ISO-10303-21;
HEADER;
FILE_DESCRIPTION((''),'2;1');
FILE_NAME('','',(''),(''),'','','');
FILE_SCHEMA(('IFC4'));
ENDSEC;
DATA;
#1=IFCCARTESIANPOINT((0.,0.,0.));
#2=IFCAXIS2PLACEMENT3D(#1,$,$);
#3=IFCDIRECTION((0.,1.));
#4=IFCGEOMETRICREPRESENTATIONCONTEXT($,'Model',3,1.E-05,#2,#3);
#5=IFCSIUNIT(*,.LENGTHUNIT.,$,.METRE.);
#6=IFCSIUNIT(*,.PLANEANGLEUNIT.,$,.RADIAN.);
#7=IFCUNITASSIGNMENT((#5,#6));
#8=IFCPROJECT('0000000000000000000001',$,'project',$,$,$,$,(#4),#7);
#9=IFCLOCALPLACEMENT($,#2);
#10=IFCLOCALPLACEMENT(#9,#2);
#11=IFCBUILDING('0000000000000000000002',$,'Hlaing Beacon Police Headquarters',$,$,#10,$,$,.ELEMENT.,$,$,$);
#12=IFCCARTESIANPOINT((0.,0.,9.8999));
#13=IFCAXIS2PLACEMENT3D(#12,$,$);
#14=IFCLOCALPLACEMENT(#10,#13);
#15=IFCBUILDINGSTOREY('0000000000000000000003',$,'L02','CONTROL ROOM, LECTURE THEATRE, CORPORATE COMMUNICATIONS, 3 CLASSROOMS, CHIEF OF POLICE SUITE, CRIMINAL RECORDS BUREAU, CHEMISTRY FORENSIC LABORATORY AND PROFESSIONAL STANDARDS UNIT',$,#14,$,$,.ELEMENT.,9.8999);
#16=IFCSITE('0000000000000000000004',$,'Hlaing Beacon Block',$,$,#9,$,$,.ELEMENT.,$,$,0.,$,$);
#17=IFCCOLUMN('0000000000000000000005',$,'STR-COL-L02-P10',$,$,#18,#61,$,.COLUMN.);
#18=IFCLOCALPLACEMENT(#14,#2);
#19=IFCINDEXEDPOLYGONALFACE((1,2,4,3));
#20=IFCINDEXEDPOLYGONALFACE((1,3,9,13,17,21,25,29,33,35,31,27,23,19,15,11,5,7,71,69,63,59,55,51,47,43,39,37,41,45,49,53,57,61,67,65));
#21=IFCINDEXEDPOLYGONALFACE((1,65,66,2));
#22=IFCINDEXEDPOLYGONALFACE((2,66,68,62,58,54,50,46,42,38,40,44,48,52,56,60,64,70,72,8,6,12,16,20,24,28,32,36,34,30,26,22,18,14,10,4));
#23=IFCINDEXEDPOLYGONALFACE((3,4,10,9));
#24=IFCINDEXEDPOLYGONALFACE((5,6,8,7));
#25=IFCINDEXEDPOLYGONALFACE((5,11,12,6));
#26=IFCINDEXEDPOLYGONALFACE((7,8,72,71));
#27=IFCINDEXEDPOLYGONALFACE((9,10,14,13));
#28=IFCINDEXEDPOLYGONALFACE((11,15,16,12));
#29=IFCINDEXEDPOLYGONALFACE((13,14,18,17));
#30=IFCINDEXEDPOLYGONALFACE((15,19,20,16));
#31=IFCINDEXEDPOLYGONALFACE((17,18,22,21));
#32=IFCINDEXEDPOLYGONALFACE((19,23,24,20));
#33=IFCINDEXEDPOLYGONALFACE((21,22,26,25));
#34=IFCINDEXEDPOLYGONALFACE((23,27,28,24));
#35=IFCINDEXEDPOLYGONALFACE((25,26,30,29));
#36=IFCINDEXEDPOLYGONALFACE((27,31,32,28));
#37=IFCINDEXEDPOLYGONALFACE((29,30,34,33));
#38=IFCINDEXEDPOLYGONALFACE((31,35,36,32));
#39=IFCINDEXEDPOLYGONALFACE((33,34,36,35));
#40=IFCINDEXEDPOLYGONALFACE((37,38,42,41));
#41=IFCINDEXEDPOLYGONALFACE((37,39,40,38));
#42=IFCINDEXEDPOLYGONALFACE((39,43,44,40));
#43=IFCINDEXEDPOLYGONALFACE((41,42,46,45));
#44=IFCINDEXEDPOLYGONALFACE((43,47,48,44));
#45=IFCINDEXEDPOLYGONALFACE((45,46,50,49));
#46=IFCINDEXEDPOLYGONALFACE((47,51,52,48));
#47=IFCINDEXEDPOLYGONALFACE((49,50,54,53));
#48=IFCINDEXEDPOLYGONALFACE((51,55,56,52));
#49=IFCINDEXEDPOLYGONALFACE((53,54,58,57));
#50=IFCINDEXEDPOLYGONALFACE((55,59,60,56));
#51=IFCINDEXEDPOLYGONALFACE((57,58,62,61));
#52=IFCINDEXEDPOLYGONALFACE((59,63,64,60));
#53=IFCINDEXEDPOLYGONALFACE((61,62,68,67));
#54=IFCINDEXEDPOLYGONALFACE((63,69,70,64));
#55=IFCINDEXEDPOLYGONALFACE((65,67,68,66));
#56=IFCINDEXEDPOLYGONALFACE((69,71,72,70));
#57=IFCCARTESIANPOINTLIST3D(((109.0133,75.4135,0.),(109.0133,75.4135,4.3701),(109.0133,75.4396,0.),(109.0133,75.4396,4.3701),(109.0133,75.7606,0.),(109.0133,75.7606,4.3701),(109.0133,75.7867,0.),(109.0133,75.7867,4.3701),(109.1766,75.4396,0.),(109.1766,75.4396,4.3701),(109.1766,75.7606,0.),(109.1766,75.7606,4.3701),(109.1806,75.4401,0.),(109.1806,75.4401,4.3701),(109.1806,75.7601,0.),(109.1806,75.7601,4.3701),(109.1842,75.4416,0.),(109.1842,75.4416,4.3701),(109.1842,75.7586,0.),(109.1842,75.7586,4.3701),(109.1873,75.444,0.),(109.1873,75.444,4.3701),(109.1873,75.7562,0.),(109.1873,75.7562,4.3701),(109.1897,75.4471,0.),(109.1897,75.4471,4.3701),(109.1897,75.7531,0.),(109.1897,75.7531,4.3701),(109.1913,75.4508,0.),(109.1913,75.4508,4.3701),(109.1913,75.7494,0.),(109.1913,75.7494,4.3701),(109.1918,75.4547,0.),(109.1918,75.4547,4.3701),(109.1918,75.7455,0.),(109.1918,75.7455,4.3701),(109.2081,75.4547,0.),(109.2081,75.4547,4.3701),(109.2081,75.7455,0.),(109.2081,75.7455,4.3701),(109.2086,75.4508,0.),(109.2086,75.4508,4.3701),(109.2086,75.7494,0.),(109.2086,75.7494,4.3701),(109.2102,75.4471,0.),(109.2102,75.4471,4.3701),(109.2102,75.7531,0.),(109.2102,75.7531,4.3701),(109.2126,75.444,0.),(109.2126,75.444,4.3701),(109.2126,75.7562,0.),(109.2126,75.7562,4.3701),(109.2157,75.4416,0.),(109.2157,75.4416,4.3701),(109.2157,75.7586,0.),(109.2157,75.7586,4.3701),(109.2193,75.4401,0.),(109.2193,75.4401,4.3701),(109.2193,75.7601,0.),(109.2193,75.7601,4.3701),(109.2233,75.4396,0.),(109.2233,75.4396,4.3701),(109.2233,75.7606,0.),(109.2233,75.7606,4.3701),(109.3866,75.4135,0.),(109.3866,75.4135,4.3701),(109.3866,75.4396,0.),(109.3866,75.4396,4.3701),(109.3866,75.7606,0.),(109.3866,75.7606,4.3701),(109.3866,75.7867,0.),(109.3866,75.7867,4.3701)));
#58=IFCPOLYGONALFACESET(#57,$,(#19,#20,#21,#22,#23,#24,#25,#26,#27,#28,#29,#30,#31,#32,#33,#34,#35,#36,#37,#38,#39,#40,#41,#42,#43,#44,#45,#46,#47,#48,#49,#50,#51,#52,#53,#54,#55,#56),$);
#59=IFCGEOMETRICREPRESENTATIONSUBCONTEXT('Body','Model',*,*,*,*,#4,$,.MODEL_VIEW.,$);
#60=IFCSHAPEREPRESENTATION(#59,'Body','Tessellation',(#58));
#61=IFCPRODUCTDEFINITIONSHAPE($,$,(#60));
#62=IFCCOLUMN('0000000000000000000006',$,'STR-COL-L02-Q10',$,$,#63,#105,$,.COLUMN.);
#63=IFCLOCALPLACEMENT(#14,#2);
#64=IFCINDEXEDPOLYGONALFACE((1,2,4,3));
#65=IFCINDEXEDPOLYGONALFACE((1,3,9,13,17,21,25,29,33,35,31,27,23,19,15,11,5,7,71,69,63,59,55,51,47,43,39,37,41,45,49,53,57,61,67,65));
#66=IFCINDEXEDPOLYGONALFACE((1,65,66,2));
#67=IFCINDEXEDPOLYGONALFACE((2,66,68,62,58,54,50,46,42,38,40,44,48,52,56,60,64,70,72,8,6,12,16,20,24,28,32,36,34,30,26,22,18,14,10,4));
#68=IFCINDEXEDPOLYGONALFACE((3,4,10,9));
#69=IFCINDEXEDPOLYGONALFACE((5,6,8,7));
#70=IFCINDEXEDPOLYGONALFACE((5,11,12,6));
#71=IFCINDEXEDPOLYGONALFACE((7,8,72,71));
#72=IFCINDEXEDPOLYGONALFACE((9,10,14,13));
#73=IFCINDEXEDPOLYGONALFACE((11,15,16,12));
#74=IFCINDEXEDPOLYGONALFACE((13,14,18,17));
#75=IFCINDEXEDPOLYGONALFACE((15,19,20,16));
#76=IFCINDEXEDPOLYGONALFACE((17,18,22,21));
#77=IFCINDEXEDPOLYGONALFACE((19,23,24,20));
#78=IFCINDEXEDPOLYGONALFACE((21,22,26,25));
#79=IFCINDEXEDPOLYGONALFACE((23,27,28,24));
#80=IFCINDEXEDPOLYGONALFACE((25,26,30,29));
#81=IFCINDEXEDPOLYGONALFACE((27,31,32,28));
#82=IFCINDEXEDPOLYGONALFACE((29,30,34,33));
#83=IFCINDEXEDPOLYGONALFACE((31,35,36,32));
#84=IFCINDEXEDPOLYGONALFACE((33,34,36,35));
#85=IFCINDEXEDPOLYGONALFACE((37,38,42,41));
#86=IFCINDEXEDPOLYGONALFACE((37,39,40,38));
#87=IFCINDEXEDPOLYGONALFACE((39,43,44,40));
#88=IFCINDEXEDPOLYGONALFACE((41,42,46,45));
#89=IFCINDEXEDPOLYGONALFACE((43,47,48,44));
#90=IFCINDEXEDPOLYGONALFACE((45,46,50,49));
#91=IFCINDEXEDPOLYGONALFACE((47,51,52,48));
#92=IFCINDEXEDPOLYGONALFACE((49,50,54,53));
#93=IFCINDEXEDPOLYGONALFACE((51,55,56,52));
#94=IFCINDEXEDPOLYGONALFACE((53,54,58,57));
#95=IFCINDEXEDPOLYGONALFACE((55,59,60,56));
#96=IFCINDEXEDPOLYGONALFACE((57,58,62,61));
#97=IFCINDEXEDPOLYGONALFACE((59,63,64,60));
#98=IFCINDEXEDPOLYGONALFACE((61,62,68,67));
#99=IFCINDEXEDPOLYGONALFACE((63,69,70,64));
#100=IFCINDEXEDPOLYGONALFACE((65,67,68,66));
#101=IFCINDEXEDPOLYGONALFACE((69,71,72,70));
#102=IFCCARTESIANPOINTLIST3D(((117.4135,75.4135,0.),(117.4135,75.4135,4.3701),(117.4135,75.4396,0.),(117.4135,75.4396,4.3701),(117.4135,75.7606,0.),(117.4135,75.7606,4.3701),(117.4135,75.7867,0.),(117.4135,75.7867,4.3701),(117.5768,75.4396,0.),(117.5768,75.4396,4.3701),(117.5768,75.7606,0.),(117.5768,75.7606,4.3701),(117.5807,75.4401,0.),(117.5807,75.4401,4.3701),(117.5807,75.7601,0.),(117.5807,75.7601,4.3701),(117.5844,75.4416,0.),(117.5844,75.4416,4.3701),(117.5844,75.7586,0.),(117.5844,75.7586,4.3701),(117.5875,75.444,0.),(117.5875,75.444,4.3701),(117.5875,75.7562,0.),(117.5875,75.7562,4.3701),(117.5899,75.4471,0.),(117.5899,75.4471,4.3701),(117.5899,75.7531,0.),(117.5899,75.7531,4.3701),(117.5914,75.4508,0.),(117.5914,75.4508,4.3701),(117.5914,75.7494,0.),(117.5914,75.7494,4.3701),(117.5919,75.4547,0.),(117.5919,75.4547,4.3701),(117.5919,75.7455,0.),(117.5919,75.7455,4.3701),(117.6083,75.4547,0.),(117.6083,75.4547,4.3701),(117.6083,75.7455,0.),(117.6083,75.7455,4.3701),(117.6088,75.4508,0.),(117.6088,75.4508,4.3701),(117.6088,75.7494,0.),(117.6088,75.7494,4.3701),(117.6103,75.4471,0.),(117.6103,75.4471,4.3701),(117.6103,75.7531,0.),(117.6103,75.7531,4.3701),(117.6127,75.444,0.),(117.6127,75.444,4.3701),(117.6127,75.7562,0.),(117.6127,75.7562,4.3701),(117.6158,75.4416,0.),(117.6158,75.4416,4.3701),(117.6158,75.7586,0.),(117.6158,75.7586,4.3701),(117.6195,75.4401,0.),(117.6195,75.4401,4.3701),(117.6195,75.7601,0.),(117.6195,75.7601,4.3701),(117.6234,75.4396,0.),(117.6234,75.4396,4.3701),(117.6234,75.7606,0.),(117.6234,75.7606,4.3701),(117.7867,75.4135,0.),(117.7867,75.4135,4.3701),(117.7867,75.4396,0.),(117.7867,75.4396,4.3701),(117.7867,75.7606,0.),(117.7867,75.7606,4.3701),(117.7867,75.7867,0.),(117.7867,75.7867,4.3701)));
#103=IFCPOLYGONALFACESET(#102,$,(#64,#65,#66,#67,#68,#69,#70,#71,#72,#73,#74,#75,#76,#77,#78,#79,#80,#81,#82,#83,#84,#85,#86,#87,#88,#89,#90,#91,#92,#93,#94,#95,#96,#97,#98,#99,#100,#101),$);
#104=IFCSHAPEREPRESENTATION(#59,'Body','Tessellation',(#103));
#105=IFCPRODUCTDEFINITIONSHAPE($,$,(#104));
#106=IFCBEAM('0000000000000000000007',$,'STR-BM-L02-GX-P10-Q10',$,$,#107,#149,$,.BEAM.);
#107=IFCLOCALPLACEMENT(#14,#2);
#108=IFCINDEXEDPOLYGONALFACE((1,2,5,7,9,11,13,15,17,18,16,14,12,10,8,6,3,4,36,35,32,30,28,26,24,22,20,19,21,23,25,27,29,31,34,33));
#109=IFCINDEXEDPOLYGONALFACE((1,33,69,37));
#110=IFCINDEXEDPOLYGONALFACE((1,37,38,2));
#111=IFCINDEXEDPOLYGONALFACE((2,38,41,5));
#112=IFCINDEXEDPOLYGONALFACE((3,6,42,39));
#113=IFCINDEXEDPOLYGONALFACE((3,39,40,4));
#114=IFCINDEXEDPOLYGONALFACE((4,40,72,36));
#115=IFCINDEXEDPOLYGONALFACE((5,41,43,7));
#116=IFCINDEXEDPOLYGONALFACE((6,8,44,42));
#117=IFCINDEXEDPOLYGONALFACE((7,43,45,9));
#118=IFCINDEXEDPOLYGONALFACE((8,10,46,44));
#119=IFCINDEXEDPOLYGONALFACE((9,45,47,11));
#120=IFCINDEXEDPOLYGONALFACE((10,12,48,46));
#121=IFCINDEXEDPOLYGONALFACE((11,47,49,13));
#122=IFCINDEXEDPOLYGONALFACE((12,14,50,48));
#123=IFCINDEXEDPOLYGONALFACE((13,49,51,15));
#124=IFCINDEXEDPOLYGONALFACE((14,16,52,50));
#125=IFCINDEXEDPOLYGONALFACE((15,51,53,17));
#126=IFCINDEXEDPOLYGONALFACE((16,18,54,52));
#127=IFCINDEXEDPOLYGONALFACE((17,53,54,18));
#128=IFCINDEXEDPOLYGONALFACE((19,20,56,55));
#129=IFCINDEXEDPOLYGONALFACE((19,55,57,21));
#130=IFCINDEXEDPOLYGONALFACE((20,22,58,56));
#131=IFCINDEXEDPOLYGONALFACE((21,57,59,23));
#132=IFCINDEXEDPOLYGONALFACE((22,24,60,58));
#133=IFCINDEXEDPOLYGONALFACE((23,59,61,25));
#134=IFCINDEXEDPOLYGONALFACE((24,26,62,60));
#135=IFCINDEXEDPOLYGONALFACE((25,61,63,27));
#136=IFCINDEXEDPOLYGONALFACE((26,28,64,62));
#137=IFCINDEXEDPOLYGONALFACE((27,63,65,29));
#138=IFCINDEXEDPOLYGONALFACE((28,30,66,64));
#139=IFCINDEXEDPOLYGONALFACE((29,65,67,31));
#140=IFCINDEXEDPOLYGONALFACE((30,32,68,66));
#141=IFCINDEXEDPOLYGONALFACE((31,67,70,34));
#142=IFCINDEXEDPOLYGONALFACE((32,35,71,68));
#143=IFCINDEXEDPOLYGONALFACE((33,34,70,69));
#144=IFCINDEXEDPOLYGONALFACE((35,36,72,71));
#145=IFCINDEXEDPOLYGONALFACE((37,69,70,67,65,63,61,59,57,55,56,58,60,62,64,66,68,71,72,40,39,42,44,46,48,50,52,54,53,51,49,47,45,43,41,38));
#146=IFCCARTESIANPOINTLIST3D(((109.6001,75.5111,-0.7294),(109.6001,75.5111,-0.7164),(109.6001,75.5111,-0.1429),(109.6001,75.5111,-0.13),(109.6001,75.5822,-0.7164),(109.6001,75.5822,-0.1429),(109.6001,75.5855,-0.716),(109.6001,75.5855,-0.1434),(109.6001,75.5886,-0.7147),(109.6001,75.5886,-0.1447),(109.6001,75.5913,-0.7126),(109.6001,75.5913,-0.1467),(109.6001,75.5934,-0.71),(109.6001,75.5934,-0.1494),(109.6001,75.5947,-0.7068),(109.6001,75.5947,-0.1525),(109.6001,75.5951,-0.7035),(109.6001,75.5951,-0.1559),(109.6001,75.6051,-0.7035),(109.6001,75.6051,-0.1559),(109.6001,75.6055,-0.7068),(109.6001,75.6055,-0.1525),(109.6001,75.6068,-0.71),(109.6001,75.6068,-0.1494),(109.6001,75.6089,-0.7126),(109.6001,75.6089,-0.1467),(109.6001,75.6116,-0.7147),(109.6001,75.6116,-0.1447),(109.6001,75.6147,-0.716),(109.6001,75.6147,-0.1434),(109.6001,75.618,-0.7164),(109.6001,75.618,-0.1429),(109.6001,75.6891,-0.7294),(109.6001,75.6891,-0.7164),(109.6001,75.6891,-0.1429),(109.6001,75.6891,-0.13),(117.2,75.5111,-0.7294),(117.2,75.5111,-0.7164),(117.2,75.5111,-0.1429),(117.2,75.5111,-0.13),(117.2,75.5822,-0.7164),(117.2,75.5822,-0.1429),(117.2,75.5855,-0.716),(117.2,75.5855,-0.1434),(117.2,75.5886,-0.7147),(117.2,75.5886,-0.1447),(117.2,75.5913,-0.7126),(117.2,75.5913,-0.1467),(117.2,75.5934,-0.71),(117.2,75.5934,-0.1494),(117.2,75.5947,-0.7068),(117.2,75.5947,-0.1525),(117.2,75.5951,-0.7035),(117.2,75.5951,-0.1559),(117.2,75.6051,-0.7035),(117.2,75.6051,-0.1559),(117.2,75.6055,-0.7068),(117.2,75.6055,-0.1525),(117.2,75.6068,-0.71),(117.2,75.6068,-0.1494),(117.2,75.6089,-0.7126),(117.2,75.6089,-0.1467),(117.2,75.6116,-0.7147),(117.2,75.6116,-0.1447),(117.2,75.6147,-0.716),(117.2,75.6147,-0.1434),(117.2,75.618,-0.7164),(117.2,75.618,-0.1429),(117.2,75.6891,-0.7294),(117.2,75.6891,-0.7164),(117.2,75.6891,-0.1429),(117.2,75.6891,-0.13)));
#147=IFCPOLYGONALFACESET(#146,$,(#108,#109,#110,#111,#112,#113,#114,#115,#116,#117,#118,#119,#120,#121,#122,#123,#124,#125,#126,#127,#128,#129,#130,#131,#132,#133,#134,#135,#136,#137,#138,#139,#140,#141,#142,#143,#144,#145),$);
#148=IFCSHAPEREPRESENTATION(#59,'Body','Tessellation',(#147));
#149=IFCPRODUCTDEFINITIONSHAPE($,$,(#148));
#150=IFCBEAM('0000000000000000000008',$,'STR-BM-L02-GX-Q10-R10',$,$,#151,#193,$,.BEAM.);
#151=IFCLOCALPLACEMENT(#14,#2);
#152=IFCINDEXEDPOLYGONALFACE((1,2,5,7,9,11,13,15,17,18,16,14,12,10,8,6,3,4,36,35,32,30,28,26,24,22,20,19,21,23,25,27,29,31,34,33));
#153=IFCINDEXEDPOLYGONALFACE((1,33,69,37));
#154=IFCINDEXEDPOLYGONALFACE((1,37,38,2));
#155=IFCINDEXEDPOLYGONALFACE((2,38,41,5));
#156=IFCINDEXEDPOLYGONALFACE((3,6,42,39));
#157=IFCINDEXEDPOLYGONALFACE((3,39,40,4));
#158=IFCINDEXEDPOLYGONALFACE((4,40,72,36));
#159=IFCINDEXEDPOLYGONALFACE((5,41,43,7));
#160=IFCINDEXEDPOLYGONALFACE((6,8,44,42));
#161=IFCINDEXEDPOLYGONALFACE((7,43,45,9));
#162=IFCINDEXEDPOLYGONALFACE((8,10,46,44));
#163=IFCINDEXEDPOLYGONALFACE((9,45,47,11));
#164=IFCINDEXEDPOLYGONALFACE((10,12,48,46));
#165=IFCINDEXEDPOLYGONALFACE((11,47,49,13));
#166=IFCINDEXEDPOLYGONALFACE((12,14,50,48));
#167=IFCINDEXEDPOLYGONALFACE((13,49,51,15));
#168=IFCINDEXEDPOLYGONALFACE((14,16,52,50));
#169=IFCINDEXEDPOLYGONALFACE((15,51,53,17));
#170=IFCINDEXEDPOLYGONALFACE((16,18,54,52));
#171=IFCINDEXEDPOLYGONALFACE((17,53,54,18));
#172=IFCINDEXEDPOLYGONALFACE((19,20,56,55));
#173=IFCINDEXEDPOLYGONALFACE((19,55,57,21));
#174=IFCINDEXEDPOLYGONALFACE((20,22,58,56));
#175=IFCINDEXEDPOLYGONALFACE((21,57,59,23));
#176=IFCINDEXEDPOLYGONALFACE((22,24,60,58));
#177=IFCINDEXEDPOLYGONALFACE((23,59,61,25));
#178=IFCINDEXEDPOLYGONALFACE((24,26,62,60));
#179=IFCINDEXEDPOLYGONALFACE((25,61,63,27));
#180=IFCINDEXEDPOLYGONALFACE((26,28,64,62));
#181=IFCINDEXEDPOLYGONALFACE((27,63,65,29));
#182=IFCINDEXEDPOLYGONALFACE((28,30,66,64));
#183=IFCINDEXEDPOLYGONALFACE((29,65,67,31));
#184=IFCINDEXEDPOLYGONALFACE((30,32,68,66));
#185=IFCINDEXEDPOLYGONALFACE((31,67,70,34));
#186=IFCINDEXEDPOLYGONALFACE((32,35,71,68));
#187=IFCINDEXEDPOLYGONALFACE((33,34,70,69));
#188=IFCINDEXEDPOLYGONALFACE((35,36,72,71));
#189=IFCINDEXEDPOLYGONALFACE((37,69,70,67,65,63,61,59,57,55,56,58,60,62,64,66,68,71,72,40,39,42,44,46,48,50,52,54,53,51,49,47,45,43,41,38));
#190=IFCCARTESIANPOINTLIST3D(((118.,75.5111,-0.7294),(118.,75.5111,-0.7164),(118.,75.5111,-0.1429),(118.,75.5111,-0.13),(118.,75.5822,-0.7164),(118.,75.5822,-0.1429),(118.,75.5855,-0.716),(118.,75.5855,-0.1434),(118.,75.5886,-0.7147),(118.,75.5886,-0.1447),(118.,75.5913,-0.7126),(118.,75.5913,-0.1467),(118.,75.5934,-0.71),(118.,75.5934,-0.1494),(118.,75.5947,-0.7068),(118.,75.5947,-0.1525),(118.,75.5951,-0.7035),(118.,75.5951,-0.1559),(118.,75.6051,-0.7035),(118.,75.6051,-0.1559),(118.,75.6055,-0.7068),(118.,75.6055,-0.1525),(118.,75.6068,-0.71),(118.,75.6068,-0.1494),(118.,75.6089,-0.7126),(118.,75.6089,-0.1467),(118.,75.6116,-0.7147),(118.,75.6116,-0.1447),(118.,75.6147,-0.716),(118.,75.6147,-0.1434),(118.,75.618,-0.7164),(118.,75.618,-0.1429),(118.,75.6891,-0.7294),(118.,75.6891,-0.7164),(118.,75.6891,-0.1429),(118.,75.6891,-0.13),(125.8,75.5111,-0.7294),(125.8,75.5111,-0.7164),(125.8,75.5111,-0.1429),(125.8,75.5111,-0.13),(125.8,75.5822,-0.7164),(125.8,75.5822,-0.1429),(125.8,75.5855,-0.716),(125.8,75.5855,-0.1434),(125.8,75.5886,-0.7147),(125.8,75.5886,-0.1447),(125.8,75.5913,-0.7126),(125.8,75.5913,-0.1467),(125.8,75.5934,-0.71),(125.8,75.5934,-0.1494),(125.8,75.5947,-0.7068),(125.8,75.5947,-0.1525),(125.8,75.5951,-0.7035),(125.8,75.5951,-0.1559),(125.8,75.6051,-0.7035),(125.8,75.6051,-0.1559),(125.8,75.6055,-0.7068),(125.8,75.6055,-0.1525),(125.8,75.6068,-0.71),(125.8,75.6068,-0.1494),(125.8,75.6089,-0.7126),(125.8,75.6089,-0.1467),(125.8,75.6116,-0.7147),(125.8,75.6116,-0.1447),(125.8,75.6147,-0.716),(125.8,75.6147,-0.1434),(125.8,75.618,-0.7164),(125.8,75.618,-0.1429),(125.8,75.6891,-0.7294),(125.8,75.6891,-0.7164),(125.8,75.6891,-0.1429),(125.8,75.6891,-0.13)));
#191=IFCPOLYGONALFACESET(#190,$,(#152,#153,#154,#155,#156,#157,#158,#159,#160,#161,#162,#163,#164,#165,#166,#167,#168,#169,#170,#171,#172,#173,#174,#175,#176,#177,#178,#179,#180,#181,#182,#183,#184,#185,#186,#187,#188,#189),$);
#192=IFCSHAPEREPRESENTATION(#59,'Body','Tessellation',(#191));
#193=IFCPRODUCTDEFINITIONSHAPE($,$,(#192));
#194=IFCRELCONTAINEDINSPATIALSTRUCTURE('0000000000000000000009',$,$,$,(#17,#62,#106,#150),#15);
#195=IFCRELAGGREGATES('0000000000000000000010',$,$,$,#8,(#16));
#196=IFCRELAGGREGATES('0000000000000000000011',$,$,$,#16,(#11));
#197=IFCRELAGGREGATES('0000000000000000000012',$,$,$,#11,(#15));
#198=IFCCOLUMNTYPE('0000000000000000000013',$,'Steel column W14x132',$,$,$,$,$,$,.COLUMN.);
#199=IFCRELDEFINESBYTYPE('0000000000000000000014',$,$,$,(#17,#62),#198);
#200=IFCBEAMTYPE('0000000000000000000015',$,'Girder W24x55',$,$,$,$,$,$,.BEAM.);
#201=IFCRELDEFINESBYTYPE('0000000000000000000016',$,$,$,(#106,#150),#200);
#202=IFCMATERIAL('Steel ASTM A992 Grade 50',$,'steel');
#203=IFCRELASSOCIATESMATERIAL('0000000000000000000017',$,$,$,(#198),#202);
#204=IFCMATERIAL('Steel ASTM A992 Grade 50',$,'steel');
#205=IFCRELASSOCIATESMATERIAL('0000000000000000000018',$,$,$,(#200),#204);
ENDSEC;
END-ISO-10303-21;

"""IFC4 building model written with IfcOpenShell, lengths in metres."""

from ifc_helpers import new_model, si_unit, direction, frame, origin, origin_2d, place, context, subcontext, project, spatial, i_section, extrude, material, material_profile, profile_set, type_object, element, save


model = new_model("IFC4")

# Units and contexts
model_context = context("Model", 3, precision=1e-05, world=origin(), true_north=direction((0.0, 1.0)))
body_context = subcontext(model_context, "Body", "Model", "MODEL_VIEW")
ifc_project = project(units=[si_unit("LENGTHUNIT", "METRE"), si_unit("PLANEANGLEUNIT", "RADIAN")], contexts=[model_context])

# Site, building, storey
site_placement = place(None, origin())
site = spatial("IfcSite", under=ifc_project, at=site_placement, Name="Hlaing Beacon Block", CompositionType="ELEMENT", RefElevation=0.0)
building_placement = place(site_placement, origin())
building = spatial("IfcBuilding", under=site, at=building_placement, Name="Hlaing Beacon Police Headquarters", CompositionType="ELEMENT")
storey_placement = place(building_placement, frame((0.0, 0.0, 9.8999)))
storey = spatial("IfcBuildingStorey", under=building, at=storey_placement, Name="L02", Description="CONTROL ROOM, LECTURE THEATRE, CORPORATE COMMUNICATIONS, 3 CLASSROOMS, CHIEF OF POLICE SUITE, CRIMINAL RECORDS BUREAU, CHEMISTRY FORENSIC LABORATORY AND PROFESSIONAL STANDARDS UNIT", CompositionType="ELEMENT", Elevation=9.8999)

# Columns
ifc_material_1 = material(Name="Steel ASTM A992 Grade 50", Category="steel")
ifc_material_profile_1 = material_profile(ifc_material_1, i_section(OverallWidth=0.3733, OverallDepth=0.3733, WebThickness=0.0164, FlangeThickness=0.0261, FilletRadius=0.0151, at=origin_2d()), Name="W14x132")
ifc_profile_set_1 = profile_set([ifc_material_profile_1], Name="Steel ASTM A992 Grade 50")
column_type = type_object("IfcColumnType", Name="Steel column W14x132", PredefinedType="COLUMN", material=ifc_profile_set_1)
for number, where, z_axis, x_axis, name in (
    (1, (109.2, 75.6001, 0.0), (0.0, 0.0, 1.0), (1.0, 0.0, 0.0), "STR-COL-L02-P10"),
    (2, (117.6001, 75.6001, 0.0), (0.0, 0.0, 1.0), (1.0, 0.0, 0.0), "STR-COL-L02-Q10"),
):
    element("IfcColumn", number, at=place(storey_placement, frame(where, z_axis=z_axis, x_axis=x_axis)), inside=storey, type_object=column_type, Name=name, PredefinedType="COLUMN", context=body_context, shape_type="SweptSolid", body=[
        extrude(i_section(OverallWidth=0.3733, OverallDepth=0.3733, WebThickness=0.0164, FlangeThickness=0.0261, FilletRadius=0.0151, at=origin_2d()), origin(), (0.0, 0.0, 1.0), 4.3701),
    ])

# Beams
ifc_material_2 = material(Name="Steel ASTM A992 Grade 50", Category="steel")
ifc_material_profile_2 = material_profile(ifc_material_2, i_section(OverallWidth=0.178, OverallDepth=0.5994, WebThickness=0.01, FlangeThickness=0.0129, FilletRadius=0.0129, at=origin_2d()), Name="W24x55")
ifc_profile_set_2 = profile_set([ifc_material_profile_2], Name="Steel ASTM A992 Grade 50")
beam_type_1 = type_object("IfcBeamType", Name="Girder W24x55", PredefinedType="BEAM", material=ifc_profile_set_2)
beam_1_placement = place(storey_placement, frame((109.6001, 75.6001, -0.4297), z_axis=(1.0, 0.0, 0.0), x_axis=(0.0, 1.0, 0.0)))
element("IfcBeam", 3, at=beam_1_placement, inside=storey, type_object=beam_type_1, Name="STR-BM-L02-GX-P10-Q10", PredefinedType="BEAM", context=body_context, shape_type="SweptSolid", body=[
    extrude(i_section(OverallWidth=0.178, OverallDepth=0.5994, WebThickness=0.01, FlangeThickness=0.0129, FilletRadius=0.0129, at=origin_2d()), origin(), (0.0, 0.0, 1.0), 7.5999),
])
beam_2_placement = place(storey_placement, frame((118.0, 75.6001, -0.4297), z_axis=(1.0, 0.0, 0.0), x_axis=(0.0, 1.0, 0.0)))
element("IfcBeam", 4, at=beam_2_placement, inside=storey, type_object=beam_type_1, Name="STR-BM-L02-GX-Q10-R10", PredefinedType="BEAM", context=body_context, shape_type="SweptSolid", body=[
    extrude(i_section(OverallWidth=0.178, OverallDepth=0.5994, WebThickness=0.01, FlangeThickness=0.0129, FilletRadius=0.0129, at=origin_2d()), origin(), (0.0, 0.0, 1.0), 7.8),
])

save(model, "model.ifc")
